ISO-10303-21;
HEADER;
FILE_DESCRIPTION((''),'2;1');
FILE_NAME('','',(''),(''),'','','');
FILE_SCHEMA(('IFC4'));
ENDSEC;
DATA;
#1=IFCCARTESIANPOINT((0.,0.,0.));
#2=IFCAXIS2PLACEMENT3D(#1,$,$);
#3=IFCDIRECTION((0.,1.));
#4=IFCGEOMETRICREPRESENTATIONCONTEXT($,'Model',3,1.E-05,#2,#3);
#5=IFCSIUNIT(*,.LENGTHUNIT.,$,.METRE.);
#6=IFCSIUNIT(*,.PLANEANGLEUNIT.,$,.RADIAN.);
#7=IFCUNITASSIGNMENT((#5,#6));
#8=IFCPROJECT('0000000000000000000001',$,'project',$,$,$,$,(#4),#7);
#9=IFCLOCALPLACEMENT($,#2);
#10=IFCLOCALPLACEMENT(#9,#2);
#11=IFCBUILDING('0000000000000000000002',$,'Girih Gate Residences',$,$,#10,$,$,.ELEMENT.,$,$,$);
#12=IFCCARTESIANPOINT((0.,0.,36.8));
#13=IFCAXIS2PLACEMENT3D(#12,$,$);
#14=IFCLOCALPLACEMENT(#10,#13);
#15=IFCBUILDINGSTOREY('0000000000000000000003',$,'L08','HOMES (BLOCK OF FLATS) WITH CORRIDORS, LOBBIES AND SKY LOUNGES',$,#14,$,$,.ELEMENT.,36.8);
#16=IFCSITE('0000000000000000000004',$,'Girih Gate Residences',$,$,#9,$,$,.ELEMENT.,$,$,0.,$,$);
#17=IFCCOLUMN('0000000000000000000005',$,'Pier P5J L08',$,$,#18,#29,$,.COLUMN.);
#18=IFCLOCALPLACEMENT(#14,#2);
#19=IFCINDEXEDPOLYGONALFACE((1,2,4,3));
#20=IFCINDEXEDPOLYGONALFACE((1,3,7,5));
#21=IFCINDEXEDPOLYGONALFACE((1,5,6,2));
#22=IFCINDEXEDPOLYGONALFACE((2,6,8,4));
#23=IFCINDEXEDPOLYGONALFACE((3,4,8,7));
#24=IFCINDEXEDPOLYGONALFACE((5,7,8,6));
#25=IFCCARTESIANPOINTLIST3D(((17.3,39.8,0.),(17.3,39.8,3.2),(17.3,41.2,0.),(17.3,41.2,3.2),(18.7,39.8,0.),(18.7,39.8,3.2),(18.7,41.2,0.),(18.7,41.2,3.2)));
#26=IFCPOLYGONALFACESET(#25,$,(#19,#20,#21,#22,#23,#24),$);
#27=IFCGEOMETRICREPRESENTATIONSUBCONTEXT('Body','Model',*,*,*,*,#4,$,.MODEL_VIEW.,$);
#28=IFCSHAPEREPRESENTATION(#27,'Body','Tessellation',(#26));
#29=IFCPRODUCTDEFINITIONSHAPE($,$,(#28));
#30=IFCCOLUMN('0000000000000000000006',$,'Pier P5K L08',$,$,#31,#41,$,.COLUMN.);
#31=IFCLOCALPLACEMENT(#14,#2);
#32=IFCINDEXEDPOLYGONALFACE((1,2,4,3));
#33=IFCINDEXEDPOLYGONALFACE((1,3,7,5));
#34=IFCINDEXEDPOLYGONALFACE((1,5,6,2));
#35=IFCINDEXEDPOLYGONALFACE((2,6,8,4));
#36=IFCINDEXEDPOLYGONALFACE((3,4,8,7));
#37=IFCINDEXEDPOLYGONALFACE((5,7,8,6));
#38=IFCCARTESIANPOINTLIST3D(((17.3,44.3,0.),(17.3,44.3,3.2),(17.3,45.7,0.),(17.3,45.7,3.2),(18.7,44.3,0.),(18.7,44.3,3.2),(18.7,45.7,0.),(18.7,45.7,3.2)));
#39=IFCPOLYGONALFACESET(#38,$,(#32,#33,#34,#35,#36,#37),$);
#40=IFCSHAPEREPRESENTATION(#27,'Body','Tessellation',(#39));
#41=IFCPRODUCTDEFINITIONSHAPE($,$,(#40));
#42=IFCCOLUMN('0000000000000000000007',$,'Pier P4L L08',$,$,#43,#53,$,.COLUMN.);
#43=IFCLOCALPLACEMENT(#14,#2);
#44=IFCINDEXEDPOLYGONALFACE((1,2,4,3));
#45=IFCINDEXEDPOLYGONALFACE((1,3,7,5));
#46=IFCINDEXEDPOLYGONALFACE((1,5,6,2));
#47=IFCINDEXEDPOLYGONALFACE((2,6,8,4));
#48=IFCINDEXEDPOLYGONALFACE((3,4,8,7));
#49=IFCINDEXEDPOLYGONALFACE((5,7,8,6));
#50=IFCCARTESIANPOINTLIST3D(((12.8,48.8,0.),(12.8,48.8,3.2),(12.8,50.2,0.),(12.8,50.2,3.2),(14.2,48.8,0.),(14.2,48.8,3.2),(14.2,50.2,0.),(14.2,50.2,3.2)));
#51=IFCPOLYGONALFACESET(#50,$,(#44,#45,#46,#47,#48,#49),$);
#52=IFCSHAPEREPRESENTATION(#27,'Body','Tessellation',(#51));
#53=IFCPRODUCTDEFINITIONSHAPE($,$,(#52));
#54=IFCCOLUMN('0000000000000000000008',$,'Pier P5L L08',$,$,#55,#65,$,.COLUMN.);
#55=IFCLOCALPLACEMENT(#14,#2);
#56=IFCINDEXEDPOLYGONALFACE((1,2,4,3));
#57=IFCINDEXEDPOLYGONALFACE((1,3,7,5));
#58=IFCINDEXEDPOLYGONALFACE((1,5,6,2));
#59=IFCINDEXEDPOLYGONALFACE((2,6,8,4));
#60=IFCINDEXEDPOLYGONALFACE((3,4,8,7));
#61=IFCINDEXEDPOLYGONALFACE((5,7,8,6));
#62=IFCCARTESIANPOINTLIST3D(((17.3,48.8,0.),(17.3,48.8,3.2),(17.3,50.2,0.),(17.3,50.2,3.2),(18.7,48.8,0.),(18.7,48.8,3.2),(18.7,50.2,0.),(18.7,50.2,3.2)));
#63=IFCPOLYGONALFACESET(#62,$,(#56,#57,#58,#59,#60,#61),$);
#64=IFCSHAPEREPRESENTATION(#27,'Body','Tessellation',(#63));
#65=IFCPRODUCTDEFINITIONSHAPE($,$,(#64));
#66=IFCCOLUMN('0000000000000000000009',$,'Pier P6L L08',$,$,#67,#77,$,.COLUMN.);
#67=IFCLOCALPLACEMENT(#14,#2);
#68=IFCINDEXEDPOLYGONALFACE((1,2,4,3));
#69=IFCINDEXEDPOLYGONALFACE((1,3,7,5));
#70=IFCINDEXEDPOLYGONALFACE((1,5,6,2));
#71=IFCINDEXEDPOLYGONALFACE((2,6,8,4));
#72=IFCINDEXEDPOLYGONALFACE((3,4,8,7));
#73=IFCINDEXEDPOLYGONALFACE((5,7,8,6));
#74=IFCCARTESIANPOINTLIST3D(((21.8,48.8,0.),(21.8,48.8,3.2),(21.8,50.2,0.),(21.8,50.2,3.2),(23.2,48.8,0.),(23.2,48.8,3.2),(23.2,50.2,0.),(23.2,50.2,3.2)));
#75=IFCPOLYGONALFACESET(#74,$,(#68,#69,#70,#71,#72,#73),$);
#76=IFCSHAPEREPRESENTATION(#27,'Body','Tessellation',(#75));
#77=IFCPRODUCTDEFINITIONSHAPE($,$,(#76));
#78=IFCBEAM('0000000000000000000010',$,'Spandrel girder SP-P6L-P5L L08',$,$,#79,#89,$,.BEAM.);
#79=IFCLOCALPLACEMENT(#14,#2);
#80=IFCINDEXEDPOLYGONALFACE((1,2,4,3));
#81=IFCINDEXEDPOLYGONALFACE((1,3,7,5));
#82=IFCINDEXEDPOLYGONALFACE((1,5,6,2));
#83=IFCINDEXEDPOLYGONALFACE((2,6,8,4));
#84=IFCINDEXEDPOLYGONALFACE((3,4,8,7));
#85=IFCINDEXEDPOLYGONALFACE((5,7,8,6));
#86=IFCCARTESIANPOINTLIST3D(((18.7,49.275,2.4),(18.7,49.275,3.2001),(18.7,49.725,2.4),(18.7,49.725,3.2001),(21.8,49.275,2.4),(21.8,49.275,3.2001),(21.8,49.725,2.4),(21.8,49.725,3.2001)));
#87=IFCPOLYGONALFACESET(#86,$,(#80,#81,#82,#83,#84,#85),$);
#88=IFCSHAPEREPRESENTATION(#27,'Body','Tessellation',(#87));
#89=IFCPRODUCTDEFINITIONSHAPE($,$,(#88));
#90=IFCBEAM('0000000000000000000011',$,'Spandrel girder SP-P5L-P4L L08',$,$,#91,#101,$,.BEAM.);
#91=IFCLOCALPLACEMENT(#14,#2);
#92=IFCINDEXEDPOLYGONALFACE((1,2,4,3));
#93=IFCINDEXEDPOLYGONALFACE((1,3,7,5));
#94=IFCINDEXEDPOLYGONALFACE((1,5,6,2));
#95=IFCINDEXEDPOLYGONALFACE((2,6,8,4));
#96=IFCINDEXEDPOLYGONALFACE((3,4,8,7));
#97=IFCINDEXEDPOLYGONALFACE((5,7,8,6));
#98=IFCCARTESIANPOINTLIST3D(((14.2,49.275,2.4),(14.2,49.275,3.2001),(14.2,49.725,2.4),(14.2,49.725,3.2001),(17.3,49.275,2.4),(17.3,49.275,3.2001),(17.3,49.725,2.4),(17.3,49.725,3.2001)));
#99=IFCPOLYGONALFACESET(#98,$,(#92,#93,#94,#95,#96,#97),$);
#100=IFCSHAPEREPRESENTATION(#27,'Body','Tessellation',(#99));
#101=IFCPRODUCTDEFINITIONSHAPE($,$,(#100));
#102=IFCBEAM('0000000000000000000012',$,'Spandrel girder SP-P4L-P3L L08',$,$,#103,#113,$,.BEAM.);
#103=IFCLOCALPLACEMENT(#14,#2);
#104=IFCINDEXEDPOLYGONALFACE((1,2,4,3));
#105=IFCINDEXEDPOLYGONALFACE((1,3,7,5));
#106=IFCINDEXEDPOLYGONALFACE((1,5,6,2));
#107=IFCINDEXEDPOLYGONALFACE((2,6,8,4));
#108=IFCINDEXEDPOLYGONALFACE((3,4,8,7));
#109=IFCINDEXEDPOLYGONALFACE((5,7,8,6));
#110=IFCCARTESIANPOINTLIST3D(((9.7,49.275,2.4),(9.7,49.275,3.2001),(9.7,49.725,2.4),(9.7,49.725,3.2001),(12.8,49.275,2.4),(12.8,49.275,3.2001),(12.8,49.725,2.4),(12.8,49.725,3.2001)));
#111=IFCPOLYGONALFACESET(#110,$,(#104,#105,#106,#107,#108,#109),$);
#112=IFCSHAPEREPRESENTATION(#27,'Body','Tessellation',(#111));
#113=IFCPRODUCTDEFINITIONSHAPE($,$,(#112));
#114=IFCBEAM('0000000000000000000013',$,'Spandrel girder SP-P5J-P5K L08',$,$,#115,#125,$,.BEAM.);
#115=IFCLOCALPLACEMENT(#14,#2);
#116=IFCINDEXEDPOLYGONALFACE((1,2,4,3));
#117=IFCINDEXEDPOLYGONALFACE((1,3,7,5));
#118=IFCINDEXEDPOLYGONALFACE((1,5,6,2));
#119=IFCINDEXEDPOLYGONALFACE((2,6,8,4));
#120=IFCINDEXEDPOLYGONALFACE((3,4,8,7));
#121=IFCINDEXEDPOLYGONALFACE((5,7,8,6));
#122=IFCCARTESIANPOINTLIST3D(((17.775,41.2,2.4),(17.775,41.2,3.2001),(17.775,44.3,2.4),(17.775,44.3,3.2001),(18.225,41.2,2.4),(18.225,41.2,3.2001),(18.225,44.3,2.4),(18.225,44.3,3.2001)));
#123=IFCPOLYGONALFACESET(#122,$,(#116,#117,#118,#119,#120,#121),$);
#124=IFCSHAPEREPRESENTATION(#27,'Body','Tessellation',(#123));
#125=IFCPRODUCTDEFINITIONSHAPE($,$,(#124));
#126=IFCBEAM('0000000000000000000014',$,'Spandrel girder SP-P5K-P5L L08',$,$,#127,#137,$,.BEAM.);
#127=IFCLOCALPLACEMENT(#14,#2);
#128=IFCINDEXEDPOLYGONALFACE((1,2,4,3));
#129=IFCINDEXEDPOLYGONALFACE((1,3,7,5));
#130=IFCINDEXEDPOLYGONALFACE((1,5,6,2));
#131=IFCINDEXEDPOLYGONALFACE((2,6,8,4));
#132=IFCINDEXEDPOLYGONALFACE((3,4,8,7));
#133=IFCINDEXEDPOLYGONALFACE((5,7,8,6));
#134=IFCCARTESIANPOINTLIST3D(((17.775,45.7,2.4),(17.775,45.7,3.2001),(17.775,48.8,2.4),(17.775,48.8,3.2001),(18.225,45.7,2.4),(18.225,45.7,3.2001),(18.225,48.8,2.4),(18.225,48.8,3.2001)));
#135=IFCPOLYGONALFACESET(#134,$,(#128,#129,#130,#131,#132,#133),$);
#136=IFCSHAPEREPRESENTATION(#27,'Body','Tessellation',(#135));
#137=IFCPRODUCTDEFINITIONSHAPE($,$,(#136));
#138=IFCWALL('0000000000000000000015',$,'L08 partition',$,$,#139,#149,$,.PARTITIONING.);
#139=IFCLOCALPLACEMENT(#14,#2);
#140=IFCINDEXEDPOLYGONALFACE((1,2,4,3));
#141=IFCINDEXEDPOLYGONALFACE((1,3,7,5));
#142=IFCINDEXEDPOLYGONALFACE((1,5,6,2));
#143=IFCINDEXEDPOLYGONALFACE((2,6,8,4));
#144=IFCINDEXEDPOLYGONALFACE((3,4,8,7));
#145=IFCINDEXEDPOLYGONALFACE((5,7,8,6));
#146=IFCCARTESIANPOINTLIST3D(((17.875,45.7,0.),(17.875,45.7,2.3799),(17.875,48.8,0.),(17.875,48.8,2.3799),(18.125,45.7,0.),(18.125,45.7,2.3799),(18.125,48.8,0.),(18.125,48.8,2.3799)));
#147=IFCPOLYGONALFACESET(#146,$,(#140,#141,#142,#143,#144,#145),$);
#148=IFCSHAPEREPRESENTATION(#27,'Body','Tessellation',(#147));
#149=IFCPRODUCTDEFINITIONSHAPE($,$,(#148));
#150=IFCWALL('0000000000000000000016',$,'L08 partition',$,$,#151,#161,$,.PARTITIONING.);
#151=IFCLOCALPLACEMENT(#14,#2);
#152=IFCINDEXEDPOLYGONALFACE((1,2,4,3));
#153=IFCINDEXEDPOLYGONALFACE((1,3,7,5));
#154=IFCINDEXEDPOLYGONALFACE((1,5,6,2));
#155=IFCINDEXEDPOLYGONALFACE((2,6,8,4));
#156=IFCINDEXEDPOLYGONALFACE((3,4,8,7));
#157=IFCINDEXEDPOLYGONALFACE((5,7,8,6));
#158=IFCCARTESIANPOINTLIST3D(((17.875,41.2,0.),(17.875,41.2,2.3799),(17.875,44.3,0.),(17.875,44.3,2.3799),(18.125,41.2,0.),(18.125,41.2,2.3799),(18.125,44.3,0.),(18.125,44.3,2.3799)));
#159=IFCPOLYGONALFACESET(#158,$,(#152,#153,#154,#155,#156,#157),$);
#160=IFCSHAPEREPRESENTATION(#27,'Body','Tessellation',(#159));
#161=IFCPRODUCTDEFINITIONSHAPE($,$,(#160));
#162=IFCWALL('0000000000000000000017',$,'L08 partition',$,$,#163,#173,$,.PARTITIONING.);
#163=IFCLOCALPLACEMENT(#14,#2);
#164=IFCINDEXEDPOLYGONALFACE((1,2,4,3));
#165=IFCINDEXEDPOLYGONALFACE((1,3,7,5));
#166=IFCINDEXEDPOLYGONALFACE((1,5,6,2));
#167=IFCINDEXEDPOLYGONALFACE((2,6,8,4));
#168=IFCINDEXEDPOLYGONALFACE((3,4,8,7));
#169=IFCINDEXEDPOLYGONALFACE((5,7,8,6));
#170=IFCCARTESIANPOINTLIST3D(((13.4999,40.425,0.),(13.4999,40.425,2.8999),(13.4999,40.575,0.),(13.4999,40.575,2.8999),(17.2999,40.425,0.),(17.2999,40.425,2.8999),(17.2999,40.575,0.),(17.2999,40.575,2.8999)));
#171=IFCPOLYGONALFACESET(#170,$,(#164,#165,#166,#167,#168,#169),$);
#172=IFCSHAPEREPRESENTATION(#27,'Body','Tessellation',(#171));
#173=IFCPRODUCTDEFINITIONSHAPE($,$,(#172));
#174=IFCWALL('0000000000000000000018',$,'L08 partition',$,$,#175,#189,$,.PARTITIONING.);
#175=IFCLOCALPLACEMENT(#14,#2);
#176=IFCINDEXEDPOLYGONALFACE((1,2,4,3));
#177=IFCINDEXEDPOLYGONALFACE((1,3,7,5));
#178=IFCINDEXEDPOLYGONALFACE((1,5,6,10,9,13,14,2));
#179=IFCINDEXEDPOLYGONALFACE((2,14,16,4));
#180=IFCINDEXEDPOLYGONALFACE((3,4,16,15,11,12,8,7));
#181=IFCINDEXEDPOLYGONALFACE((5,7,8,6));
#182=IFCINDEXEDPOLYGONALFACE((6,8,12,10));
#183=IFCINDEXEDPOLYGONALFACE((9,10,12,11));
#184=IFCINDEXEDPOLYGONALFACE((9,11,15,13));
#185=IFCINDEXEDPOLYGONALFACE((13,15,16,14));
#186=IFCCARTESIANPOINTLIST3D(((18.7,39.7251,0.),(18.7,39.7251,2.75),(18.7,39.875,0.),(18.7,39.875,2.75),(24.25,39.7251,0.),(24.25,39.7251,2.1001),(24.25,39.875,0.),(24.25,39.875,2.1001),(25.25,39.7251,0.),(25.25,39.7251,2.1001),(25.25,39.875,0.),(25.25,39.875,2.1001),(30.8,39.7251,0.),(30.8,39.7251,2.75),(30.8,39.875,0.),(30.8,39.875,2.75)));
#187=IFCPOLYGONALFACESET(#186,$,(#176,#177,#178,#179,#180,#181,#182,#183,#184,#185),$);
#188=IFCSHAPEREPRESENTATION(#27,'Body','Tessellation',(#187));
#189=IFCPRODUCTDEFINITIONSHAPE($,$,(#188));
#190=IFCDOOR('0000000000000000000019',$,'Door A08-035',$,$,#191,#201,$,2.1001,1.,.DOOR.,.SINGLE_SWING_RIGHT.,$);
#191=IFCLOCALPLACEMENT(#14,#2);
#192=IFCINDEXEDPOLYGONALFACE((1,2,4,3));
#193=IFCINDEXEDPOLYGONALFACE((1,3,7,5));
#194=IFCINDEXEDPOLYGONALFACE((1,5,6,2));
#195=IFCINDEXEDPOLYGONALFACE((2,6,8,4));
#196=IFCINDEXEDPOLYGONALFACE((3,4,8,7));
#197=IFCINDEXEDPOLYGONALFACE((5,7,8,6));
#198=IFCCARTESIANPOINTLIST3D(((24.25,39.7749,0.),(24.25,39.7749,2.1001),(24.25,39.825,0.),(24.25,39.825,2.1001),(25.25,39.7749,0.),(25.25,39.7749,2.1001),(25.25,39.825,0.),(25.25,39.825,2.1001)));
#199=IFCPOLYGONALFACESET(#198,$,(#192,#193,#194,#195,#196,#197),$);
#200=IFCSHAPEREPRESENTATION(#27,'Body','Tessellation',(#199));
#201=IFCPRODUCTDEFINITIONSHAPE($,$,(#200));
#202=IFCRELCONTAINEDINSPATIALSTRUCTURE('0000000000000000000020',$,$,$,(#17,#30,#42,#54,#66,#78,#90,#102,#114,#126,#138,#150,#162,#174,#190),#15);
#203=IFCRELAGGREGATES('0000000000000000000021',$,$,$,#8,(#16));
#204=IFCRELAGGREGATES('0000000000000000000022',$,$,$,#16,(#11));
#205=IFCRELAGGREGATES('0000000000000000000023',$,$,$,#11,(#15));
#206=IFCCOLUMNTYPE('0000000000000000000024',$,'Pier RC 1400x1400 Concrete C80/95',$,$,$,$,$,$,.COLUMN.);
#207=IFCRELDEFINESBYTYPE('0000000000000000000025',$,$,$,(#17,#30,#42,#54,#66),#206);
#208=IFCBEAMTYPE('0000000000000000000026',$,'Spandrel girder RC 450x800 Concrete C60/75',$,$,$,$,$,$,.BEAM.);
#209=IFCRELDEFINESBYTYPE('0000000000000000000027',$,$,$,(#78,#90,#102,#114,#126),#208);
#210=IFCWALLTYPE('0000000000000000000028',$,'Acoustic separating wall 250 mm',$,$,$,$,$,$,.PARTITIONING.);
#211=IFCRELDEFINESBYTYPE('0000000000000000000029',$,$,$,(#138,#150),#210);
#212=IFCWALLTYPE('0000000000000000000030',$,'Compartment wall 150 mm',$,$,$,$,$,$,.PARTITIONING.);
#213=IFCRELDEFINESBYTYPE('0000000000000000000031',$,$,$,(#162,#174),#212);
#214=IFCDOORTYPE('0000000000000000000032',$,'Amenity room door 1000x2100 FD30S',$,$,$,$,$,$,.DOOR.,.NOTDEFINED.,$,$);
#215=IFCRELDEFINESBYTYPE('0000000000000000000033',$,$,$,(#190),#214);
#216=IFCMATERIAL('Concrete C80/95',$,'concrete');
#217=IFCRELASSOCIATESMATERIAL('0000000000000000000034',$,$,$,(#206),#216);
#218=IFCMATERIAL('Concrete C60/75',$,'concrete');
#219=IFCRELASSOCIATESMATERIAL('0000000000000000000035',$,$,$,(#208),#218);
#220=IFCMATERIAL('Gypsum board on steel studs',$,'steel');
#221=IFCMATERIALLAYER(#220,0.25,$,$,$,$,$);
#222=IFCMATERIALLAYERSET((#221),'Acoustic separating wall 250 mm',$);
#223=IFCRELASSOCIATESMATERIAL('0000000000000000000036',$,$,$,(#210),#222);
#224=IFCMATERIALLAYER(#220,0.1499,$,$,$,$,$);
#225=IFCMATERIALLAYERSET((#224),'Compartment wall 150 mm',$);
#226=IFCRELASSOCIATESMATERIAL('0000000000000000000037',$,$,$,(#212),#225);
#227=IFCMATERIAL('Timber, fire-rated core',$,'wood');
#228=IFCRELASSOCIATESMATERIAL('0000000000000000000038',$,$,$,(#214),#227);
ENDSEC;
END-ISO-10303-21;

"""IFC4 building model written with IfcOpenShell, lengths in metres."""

from ifc_helpers import new_model, si_unit, direction, frame, frame_2d, origin, origin_2d, place, context, subcontext, project, spatial, rectangle, extrude, material, layer, layer_set, material_profile, profile_set, type_object, element, fill, save


model = new_model("IFC4")

# Units and contexts
model_context = context("Model", 3, precision=1e-05, world=origin(), true_north=direction((0.0, 1.0)))
body_context = subcontext(model_context, "Body", "Model", "MODEL_VIEW")
ifc_project = project(units=[si_unit("LENGTHUNIT", "METRE"), si_unit("PLANEANGLEUNIT", "RADIAN")], contexts=[model_context])

# Site, building, storey
site_placement = place(None, origin())
site = spatial("IfcSite", under=ifc_project, at=site_placement, Name="Girih Gate Residences", CompositionType="ELEMENT", RefElevation=0.0)
building_placement = place(site_placement, origin())
building = spatial("IfcBuilding", under=site, at=building_placement, Name="Girih Gate Residences", CompositionType="ELEMENT")
storey_placement = place(building_placement, frame((0.0, 0.0, 36.8)))
storey = spatial("IfcBuildingStorey", under=building, at=storey_placement, Name="L08", Description="HOMES (BLOCK OF FLATS) WITH CORRIDORS, LOBBIES AND SKY LOUNGES", CompositionType="ELEMENT", Elevation=36.8)

# Columns
ifc_material_1 = material(Name="Concrete C80/95", Category="concrete")
ifc_material_profile_1 = material_profile(ifc_material_1, rectangle(XDim=1.3999, YDim=1.3999, at=origin_2d()))
ifc_profile_set_1 = profile_set([ifc_material_profile_1], Name="Concrete C80/95")
column_type = type_object("IfcColumnType", Name="Pier RC 1400x1400 Concrete C80/95", PredefinedType="COLUMN", material=ifc_profile_set_1)
for number, where, z_axis, x_axis, name in (
    (1, (18.0, 40.5, 0.0), (0.0, 0.0, 1.0), (1.0, 0.0, 0.0), "Pier P5J L08"),
    (2, (18.0, 45.0, 0.0), (0.0, 0.0, 1.0), (1.0, 0.0, 0.0), "Pier P5K L08"),
    (3, (13.5, 49.5, 0.0), (0.0, 0.0, 1.0), (1.0, 0.0, 0.0), "Pier P4L L08"),
    (4, (18.0, 49.5, 0.0), (0.0, 0.0, 1.0), (1.0, 0.0, 0.0), "Pier P5L L08"),
    (5, (22.5, 49.5, 0.0), (0.0, 0.0, 1.0), (1.0, 0.0, 0.0), "Pier P6L L08"),
):
    element("IfcColumn", number, at=place(storey_placement, frame(where, z_axis=z_axis, x_axis=x_axis)), inside=storey, type_object=column_type, Name=name, PredefinedType="COLUMN", context=body_context, shape_type="SweptSolid", body=[
        extrude(rectangle(XDim=1.3999, YDim=1.3999, at=origin_2d()), origin(), (0.0, 0.0, 1.0), 3.2),
    ])

# Beams
ifc_material_2 = material(Name="Concrete C60/75", Category="concrete")
ifc_material_profile_2 = material_profile(ifc_material_2, rectangle(XDim=0.45, YDim=0.8, at=origin_2d()))
ifc_profile_set_2 = profile_set([ifc_material_profile_2], Name="Concrete C60/75")
beam_type = type_object("IfcBeamType", Name="Spandrel girder RC 450x800 Concrete C60/75", PredefinedType="BEAM", material=ifc_profile_set_2)
for number, where, z_axis, x_axis, name in (
    (6, (21.8, 49.5, 2.8), (-1.0, 0.0, 0.0), (0.0, -1.0, 0.0), "Spandrel girder SP-P6L-P5L L08"),
    (7, (17.3, 49.5, 2.8), (-1.0, 0.0, 0.0), (0.0, -1.0, 0.0), "Spandrel girder SP-P5L-P4L L08"),
    (8, (12.8, 49.5, 2.8), (-1.0, 0.0, 0.0), (0.0, -1.0, 0.0), "Spandrel girder SP-P4L-P3L L08"),
    (9, (18.0, 41.2, 2.8), (0.0, 1.0, 0.0), (-1.0, 0.0, 0.0), "Spandrel girder SP-P5J-P5K L08"),
    (10, (18.0, 45.7, 2.8), (0.0, 1.0, 0.0), (-1.0, 0.0, 0.0), "Spandrel girder SP-P5K-P5L L08"),
):
    element("IfcBeam", number, at=place(storey_placement, frame(where, z_axis=z_axis, x_axis=x_axis)), inside=storey, type_object=beam_type, Name=name, PredefinedType="BEAM", context=body_context, shape_type="SweptSolid", body=[
        extrude(rectangle(XDim=0.45, YDim=0.8, at=origin_2d()), origin(), (0.0, 0.0, 1.0), 3.1001),
    ])

# Walls
ifc_material_3 = material(Name="Gypsum board on steel studs", Category="steel")
ifc_layer_1 = layer(ifc_material_3, 0.25)
ifc_layer_set_1 = layer_set([ifc_layer_1], Name="Acoustic separating wall 250 mm")
wall_type_1 = type_object("IfcWallType", Name="Acoustic separating wall 250 mm", PredefinedType="PARTITIONING", material=ifc_layer_set_1)
for number, where, z_axis, x_axis, name in (
    (11, (18.0, 45.7, 0.0), (0.0, 0.0, 1.0), (0.0, 1.0, 0.0), "L08 partition"),
    (12, (18.0, 41.2, 0.0), (0.0, 0.0, 1.0), (0.0, 1.0, 0.0), "L08 partition"),
):
    element("IfcWall", number, at=place(storey_placement, frame(where, z_axis=z_axis, x_axis=x_axis)), inside=storey, type_object=wall_type_1, Name=name, PredefinedType="PARTITIONING", context=body_context, shape_type="SweptSolid", body=[
        extrude(rectangle(XDim=3.1001, YDim=0.25, at=frame_2d((1.55, 0.0))), origin(), (0.0, 0.0, 1.0), 2.3799),
    ])
ifc_layer_2 = layer(ifc_material_3, 0.1499)
ifc_layer_set_2 = layer_set([ifc_layer_2], Name="Compartment wall 150 mm")
wall_type_2 = type_object("IfcWallType", Name="Compartment wall 150 mm", PredefinedType="PARTITIONING", material=ifc_layer_set_2)
wall_1_placement = place(storey_placement, frame((13.5, 40.5, 0.0), z_axis=(0.0, 0.0, 1.0), x_axis=(1.0, 0.0, 0.0)))
element("IfcWall", 13, at=wall_1_placement, inside=storey, type_object=wall_type_2, Name="L08 partition", PredefinedType="PARTITIONING", context=body_context, shape_type="SweptSolid", body=[
    extrude(rectangle(XDim=3.8, YDim=0.1499, at=frame_2d((1.8999, 0.0))), origin(), (0.0, 0.0, 1.0), 2.8999),
])

# Wall, opening, door
wall_2_placement = place(storey_placement, frame((18.7, 39.8, 0.0), z_axis=(0.0, 0.0, 1.0), x_axis=(1.0, 0.0, 0.0)))
wall_2 = element("IfcWall", 14, at=wall_2_placement, inside=storey, type_object=wall_type_2, Name="L08 partition", PredefinedType="PARTITIONING", context=body_context, shape_type="SweptSolid", body=[
    extrude(rectangle(XDim=12.1001, YDim=0.1499, at=frame_2d((6.05, 0.0))), origin(), (0.0, 0.0, 1.0), 2.75),
])
opening_1_placement = place(wall_2_placement, frame((5.55, 0.0, 0.0)))
opening_1 = element("IfcOpeningElement", 15, at=opening_1_placement, cuts=wall_2, PredefinedType="OPENING", context=body_context, shape_type="SweptSolid", body=[
    extrude(rectangle(XDim=1.0, YDim=2.1001, at=frame_2d((0.5, 1.05))), frame((0.0, 0.085, 0.0), z_axis=(0.0, -1.0, 0.0), x_axis=(1.0, 0.0, 0.0)), (0.0, 0.0, 1.0), 0.1699),
])
ifc_material_4 = material(Name="Timber, fire-rated core", Category="wood")
door_type_1 = type_object("IfcDoorType", Name="Amenity room door 1000x2100 FD30S", OperationType="NOTDEFINED", PredefinedType="DOOR", material=ifc_material_4)
door_1_placement = place(opening_1_placement, origin())
door_1 = element("IfcDoor", 16, at=door_1_placement, inside=storey, type_object=door_type_1, Name="Door A08-035", OperationType="SINGLE_SWING_RIGHT", OverallHeight=2.1001, OverallWidth=1.0, PredefinedType="DOOR", context=body_context, shape_type="SweptSolid", body=[
    extrude(rectangle(XDim=1.0, YDim=2.1001, at=frame_2d((0.5, 1.05))), frame((0.0, 0.0249, 0.0), z_axis=(0.0, -1.0, 0.0), x_axis=(1.0, 0.0, 0.0)), (0.0, 0.0, 1.0), 0.05),
])
fill(opening_1, door_1)

save(model, "model.ifc")
